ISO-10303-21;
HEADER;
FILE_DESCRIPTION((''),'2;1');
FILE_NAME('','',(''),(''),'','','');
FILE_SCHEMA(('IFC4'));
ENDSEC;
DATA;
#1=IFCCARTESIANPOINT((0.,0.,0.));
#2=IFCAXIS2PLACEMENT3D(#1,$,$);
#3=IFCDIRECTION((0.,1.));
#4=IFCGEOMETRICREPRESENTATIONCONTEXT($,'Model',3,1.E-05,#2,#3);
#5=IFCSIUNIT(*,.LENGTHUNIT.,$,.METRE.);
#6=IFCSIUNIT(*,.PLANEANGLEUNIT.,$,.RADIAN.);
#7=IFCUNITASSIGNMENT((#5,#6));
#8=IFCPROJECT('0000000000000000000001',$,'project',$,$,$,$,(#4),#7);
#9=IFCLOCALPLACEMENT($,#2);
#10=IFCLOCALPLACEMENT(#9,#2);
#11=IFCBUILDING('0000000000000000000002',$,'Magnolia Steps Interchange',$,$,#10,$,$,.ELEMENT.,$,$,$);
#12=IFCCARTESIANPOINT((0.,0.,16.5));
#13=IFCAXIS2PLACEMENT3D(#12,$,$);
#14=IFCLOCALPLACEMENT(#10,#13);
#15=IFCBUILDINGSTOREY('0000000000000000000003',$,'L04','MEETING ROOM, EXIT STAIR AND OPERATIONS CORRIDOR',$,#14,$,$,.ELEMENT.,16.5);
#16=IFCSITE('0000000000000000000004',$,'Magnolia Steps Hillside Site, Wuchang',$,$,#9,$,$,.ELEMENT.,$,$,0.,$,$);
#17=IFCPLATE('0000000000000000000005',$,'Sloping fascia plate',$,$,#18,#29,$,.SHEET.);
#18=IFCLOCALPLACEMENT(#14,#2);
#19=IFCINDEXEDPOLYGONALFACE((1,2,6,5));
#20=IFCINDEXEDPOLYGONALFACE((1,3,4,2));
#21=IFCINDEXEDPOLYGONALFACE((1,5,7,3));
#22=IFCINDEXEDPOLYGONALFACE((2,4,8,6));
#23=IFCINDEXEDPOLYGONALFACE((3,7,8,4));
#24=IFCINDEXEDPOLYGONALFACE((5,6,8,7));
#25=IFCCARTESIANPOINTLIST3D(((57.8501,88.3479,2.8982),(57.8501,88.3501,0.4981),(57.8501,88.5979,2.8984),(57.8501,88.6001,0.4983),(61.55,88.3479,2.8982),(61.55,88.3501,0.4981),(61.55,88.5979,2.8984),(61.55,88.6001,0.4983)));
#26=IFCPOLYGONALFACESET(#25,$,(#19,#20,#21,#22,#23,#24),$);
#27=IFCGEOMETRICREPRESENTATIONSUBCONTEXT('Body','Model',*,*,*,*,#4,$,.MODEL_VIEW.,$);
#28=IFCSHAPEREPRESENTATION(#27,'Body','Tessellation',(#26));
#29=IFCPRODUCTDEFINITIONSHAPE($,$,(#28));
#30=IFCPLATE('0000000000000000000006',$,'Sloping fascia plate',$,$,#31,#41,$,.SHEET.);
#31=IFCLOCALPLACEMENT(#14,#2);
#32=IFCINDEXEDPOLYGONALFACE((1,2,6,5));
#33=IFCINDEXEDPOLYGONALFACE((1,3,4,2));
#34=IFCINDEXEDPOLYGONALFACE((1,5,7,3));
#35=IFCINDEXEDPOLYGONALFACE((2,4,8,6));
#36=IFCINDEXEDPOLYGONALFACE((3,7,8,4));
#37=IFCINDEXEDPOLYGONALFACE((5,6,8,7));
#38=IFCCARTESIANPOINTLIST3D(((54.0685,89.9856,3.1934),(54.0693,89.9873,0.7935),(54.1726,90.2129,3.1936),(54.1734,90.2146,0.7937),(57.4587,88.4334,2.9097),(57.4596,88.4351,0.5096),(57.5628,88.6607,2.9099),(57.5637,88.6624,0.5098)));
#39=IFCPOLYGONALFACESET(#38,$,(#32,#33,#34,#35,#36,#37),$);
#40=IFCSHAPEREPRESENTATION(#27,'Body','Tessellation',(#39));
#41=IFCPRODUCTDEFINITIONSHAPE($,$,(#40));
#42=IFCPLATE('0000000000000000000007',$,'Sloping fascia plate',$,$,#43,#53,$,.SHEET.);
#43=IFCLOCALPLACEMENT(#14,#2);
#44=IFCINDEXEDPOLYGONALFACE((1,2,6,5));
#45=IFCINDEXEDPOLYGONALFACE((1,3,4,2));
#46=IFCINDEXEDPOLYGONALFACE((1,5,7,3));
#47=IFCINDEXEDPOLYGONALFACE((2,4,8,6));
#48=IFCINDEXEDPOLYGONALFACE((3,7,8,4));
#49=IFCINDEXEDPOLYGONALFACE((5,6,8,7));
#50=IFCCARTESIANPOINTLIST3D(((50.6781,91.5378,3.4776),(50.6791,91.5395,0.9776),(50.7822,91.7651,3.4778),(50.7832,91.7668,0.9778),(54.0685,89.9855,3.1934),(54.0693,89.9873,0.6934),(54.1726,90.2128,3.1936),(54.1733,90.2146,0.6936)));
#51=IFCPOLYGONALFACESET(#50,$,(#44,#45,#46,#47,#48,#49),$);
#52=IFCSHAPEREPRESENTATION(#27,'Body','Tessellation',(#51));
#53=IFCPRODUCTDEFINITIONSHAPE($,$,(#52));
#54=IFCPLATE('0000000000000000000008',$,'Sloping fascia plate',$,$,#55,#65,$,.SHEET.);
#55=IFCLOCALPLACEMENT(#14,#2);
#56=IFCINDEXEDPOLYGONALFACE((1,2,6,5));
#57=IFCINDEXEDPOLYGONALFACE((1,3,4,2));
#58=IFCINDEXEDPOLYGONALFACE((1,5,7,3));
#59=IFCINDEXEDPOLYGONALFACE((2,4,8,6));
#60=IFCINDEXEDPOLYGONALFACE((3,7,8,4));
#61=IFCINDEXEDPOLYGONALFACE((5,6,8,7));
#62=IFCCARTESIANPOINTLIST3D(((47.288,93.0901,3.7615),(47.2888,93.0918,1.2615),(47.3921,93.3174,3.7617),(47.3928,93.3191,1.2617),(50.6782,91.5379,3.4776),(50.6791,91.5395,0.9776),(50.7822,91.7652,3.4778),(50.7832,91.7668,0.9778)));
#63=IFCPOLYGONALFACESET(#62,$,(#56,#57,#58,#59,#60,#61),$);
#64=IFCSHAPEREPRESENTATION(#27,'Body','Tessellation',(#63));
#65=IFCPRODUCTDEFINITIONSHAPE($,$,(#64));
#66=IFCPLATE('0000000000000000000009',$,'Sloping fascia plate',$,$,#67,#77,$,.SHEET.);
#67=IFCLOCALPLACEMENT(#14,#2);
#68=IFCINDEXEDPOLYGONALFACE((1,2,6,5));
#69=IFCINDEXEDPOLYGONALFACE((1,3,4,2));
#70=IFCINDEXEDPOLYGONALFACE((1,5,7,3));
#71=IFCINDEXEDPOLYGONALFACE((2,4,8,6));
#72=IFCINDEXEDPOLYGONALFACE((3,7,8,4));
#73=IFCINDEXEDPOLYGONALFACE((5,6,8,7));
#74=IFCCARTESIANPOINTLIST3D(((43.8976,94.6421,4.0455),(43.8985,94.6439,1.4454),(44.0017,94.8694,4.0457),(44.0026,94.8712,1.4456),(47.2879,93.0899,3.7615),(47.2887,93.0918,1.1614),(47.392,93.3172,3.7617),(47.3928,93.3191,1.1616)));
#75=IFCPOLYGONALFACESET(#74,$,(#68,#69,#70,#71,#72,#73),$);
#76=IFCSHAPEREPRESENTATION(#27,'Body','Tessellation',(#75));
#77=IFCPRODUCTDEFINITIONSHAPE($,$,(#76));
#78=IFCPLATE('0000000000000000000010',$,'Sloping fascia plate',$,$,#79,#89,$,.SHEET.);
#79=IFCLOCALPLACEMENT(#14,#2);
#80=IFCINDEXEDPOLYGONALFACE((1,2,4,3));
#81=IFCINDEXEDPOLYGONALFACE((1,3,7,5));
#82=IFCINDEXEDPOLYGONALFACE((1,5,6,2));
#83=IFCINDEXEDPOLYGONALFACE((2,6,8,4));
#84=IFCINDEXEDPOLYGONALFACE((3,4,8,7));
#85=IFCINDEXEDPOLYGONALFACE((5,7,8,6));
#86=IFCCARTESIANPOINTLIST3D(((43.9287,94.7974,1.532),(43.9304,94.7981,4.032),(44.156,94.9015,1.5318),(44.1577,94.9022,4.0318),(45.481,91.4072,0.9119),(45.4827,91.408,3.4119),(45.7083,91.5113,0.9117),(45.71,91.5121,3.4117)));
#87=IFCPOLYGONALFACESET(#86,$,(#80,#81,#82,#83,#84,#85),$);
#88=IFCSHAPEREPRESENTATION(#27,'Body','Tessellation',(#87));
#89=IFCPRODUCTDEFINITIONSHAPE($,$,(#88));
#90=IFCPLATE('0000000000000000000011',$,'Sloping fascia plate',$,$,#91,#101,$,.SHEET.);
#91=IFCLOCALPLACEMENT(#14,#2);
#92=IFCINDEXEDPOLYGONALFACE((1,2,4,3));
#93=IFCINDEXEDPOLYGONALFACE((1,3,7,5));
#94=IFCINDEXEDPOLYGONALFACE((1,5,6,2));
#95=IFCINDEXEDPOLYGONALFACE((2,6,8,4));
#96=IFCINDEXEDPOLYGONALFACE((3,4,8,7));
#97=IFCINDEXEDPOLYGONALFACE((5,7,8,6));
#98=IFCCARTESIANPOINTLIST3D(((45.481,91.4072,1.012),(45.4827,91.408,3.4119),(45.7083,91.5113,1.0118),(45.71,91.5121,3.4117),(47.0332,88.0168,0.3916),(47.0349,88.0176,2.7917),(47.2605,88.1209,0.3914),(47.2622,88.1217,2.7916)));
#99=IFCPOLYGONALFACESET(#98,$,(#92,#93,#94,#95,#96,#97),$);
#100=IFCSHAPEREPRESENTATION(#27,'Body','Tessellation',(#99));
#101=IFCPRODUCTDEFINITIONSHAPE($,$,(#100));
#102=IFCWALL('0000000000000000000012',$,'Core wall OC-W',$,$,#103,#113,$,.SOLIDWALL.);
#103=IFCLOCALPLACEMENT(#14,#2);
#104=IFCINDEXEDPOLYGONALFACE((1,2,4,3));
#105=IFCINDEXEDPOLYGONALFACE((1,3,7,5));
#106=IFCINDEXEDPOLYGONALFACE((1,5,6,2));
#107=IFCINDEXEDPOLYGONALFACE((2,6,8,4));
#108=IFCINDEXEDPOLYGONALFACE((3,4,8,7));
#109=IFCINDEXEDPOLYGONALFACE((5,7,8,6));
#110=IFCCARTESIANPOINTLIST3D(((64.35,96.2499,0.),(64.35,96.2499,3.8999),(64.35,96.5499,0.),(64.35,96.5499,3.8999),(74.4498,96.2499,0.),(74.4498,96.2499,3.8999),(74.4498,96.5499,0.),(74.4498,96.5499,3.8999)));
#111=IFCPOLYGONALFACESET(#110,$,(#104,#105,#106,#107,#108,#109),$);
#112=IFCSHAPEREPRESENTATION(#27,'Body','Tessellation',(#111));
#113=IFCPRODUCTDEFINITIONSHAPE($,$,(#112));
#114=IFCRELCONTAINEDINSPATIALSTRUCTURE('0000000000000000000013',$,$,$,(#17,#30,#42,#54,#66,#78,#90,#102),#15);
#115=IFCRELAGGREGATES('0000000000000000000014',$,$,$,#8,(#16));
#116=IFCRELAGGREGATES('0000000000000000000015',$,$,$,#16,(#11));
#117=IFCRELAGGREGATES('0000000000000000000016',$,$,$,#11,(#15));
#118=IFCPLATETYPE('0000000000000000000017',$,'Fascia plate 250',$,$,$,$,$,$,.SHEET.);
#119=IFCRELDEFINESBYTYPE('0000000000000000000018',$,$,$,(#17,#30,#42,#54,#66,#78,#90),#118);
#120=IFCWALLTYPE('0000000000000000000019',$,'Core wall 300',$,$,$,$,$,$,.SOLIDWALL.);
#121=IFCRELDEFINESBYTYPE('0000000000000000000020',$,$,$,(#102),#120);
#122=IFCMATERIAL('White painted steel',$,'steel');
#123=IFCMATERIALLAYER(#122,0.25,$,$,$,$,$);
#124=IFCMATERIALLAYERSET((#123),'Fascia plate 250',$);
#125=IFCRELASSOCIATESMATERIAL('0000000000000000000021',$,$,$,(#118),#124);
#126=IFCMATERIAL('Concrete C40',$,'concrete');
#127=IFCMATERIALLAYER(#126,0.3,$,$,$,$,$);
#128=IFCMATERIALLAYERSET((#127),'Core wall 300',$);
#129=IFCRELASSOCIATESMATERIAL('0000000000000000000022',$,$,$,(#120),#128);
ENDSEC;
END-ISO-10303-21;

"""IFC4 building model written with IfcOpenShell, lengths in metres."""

from ifc_helpers import new_model, si_unit, direction, frame, frame_2d, origin, place, context, subcontext, project, spatial, polyline, rectangle, outline, extrude, material, layer, layer_set, type_object, element, save


model = new_model("IFC4")

# Units and contexts
model_context = context("Model", 3, precision=1e-05, world=origin(), true_north=direction((0.0, 1.0)))
body_context = subcontext(model_context, "Body", "Model", "MODEL_VIEW")
ifc_project = project(units=[si_unit("LENGTHUNIT", "METRE"), si_unit("PLANEANGLEUNIT", "RADIAN")], contexts=[model_context])

# Site, building, storey
site_placement = place(None, origin())
site = spatial("IfcSite", under=ifc_project, at=site_placement, Name="Magnolia Steps Hillside Site, Wuchang", CompositionType="ELEMENT", RefElevation=0.0)
building_placement = place(site_placement, origin())
building = spatial("IfcBuilding", under=site, at=building_placement, Name="Magnolia Steps Interchange", CompositionType="ELEMENT")
storey_placement = place(building_placement, frame((0.0, 0.0, 16.5)))
storey = spatial("IfcBuildingStorey", under=building, at=storey_placement, Name="L04", Description="MEETING ROOM, EXIT STAIR AND OPERATIONS CORRIDOR", CompositionType="ELEMENT", Elevation=16.5)

# Plates
ifc_material_1 = material(Name="White painted steel", Category="steel")
ifc_layer_1 = layer(ifc_material_1, 0.25)
ifc_layer_set_1 = layer_set([ifc_layer_1], Name="Fascia plate 250")
plate_type_1 = type_object("IfcPlateType", Name="Fascia plate 250", PredefinedType="SHEET", material=ifc_layer_set_1)
for number, where, z_axis, x_axis, name in (
    (1, (61.55, 88.6001, 0.4983), (0.0, 1.0, 0.000915), (-1.0, 0.0, 0.0), "Sloping fascia plate"),
):
    element("IfcPlate", number, at=place(storey_placement, frame(where, z_axis=z_axis, x_axis=x_axis)), inside=storey, type_object=plate_type_1, Name=name, PredefinedType="SHEET", context=body_context, shape_type="SweptSolid", body=[
        extrude(outline(polyline([(0.0, 0.0), (3.7, 0.0), (3.7, 2.4001), (0.0, 2.4001), (0.0, 0.0)])), origin(), (0.0, 0.0, -1.0), 0.25),
    ])
plate_1_placement = place(storey_placement, frame((57.5637, 88.6624, 0.5098), z_axis=(0.41635, 0.909204, 0.000796), x_axis=(-0.906605, 0.415093, 0.075926)))
element("IfcPlate", 2, at=plate_1_placement, inside=storey, type_object=plate_type_1, Name="Sloping fascia plate", PredefinedType="SHEET", context=body_context, shape_type="SweptSolid", body=[
    extrude(outline(polyline([(0.0, 0.0), (3.7396, 0.0), (3.9218, 2.393), (0.1824, 2.3932), (0.0, 0.0)])), origin(), (0.0, 0.0, -1.0), 0.25),
])
plate_2_placement = place(storey_placement, frame((54.1733, 90.2146, 0.6936), z_axis=(0.416348, 0.909205, 0.000764), x_axis=(-0.9066, 0.415091, 0.075996)))
element("IfcPlate", 3, at=plate_2_placement, inside=storey, type_object=plate_type_1, Name="Sloping fascia plate", PredefinedType="SHEET", context=body_context, shape_type="SweptSolid", body=[
    extrude(outline(polyline([(0.0, 0.0), (3.7394, 0.0), (3.9296, 2.4928), (0.1899, 2.4928), (0.0, 0.0)])), origin(), (0.0, 0.0, -1.0), 0.25),
])
plate_3_placement = place(storey_placement, frame((50.7832, 91.7668, 0.9778), z_axis=(0.416348, 0.909205, 0.000764), x_axis=(-0.906605, 0.415093, 0.075926)))
element("IfcPlate", 4, at=plate_3_placement, inside=storey, type_object=plate_type_1, Name="Sloping fascia plate", PredefinedType="SHEET", context=body_context, shape_type="SweptSolid", body=[
    extrude(outline(polyline([(0.0, 0.0), (3.7396, 0.0), (3.9294, 2.4928), (0.19, 2.4928), (0.0, 0.0)])), origin(), (0.0, 0.0, -1.0), 0.25),
])
plate_4_placement = place(storey_placement, frame((47.3928, 93.3191, 1.1616), z_axis=(0.416322, 0.909217, 0.000777), x_axis=(-0.906617, 0.415066, 0.075931)))
element("IfcPlate", 5, at=plate_4_placement, inside=storey, type_object=plate_type_1, Name="Sloping fascia plate", PredefinedType="SHEET", context=body_context, shape_type="SweptSolid", body=[
    extrude(outline(polyline([(0.0, 0.0), (3.7394, 0.0), (3.9369, 2.5926), (0.1974, 2.5926), (0.0, 0.0)])), origin(), (0.0, 0.0, -1.0), 0.25),
])
plate_5_placement = place(storey_placement, frame((43.9287, 94.7974, 1.532), z_axis=(-0.909172, -0.41642, 0.000744), x_axis=(0.410667, -0.896904, -0.16406)))
element("IfcPlate", 6, at=plate_5_placement, inside=storey, type_object=plate_type_1, Name="Sloping fascia plate", PredefinedType="SHEET", context=body_context, shape_type="SweptSolid", body=[
    extrude(outline(polyline([(0.0, 0.0), (3.7798, 0.0), (3.3697, 2.4661), (-0.4101, 2.4661), (0.0, 0.0)])), origin(), (0.0, 0.0, -1.0), 0.25),
])
plate_6_placement = place(storey_placement, frame((45.481, 91.4072, 1.012), z_axis=(-0.909181, -0.4164, 0.000774), x_axis=(0.410638, -0.896907, -0.164113)))
element("IfcPlate", 7, at=plate_6_placement, inside=storey, type_object=plate_type_1, Name="Sloping fascia plate", PredefinedType="SHEET", context=body_context, shape_type="SweptSolid", body=[
    extrude(outline(polyline([(0.0, 0.0), (3.7801, 0.0), (3.3862, 2.3676), (-0.3938, 2.3674), (0.0, 0.0)])), origin(), (0.0, 0.0, -1.0), 0.25),
])

# Wall
ifc_material_2 = material(Name="Concrete C40", Category="concrete")
ifc_layer_2 = layer(ifc_material_2, 0.3)
ifc_layer_set_2 = layer_set([ifc_layer_2], Name="Core wall 300")
wall_type = type_object("IfcWallType", Name="Core wall 300", PredefinedType="SOLIDWALL", material=ifc_layer_set_2)
wall_placement = place(storey_placement, frame((64.3501, 96.3999, 0.0), z_axis=(0.0, 0.0, 1.0), x_axis=(1.0, 0.0, 0.0)))
element("IfcWall", 8, at=wall_placement, inside=storey, type_object=wall_type, Name="Core wall OC-W", PredefinedType="SOLIDWALL", context=body_context, shape_type="SweptSolid", body=[
    extrude(rectangle(XDim=10.0999, YDim=0.3, at=frame_2d((5.0498, 0.0))), origin(), (0.0, 0.0, 1.0), 3.8999),
])

save(model, "model.ifc")
